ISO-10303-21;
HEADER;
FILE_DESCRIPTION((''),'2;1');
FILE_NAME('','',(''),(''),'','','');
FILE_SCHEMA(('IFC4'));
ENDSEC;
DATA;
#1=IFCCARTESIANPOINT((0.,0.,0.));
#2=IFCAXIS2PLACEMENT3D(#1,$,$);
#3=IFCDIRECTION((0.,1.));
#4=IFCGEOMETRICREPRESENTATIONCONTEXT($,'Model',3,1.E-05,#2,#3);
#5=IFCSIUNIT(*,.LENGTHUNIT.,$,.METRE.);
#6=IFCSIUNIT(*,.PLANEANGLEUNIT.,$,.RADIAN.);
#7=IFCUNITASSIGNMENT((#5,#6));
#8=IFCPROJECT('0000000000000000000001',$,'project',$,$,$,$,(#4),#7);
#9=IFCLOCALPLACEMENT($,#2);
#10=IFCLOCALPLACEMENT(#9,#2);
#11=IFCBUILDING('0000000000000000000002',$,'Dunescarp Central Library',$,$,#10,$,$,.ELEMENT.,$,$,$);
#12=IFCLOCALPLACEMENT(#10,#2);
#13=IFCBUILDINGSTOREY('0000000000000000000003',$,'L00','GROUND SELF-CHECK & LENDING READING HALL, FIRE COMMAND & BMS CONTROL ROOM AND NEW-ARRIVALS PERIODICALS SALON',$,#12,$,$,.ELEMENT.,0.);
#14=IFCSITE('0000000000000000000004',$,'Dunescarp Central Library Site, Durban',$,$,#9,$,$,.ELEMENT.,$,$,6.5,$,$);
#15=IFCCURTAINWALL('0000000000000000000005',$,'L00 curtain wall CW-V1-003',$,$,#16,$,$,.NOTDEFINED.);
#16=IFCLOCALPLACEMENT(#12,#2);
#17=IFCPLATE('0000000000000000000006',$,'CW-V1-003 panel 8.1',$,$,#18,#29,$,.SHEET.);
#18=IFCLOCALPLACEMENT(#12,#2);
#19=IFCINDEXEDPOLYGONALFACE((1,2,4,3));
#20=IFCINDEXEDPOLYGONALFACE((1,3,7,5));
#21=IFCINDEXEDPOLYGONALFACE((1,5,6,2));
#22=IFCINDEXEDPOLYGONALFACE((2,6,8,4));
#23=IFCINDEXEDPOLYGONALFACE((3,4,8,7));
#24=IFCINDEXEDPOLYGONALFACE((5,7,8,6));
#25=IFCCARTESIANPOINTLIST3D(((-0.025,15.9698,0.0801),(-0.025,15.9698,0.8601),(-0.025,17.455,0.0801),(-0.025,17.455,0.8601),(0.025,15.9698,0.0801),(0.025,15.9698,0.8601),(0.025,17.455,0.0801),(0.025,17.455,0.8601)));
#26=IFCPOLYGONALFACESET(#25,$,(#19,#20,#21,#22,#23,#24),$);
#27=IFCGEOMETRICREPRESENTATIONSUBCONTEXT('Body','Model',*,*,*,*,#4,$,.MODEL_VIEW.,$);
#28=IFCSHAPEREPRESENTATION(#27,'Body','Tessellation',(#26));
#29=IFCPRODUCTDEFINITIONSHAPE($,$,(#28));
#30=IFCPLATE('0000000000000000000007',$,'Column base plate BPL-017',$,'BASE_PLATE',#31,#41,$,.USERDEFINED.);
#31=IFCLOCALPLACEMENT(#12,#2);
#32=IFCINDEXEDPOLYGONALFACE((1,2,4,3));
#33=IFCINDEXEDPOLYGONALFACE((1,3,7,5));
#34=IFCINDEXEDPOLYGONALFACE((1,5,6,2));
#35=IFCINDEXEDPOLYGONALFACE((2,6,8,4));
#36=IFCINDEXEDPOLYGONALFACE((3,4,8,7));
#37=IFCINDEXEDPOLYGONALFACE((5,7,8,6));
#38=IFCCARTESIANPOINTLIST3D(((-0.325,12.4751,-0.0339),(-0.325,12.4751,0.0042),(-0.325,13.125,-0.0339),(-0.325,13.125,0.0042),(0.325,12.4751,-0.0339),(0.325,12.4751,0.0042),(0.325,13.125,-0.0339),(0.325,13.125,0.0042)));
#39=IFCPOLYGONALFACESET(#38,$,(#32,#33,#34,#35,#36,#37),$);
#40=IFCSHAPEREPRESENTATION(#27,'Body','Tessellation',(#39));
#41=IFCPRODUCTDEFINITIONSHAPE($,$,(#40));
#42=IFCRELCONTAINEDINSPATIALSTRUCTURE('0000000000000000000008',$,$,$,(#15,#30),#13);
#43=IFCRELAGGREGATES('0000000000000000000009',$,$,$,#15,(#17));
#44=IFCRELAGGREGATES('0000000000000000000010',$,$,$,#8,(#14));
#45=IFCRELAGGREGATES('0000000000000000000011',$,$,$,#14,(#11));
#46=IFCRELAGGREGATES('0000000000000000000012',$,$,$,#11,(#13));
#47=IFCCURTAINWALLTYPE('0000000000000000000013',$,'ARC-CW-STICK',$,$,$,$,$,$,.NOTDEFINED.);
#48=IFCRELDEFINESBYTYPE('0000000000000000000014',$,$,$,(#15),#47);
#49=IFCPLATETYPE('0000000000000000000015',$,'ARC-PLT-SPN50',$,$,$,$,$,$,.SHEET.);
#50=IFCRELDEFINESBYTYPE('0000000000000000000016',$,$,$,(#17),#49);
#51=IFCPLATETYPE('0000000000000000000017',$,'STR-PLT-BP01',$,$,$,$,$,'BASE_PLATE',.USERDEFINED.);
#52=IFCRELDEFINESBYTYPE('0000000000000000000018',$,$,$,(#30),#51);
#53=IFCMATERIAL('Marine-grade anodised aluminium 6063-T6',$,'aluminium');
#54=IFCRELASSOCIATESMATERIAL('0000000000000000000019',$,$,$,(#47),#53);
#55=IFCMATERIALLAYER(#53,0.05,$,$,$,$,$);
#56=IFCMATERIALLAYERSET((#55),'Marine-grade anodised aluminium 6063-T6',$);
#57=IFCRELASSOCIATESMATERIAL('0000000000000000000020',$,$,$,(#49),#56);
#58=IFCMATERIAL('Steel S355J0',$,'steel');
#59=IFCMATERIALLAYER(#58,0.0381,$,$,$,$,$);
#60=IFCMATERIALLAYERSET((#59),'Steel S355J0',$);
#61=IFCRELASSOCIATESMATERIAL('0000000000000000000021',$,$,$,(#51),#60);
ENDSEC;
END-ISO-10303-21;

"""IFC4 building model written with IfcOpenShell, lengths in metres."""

from ifc_helpers import new_model, si_unit, direction, frame, origin, origin_2d, place, context, subcontext, project, spatial, rectangle, extrude, material, layer, layer_set, type_object, element, aggregate, save


model = new_model("IFC4")

# Units and contexts
model_context = context("Model", 3, precision=1e-05, world=origin(), true_north=direction((0.0, 1.0)))
body_context = subcontext(model_context, "Body", "Model", "MODEL_VIEW")
ifc_project = project(units=[si_unit("LENGTHUNIT", "METRE"), si_unit("PLANEANGLEUNIT", "RADIAN")], contexts=[model_context])

# Site, building, storey
site_placement = place(None, origin())
site = spatial("IfcSite", under=ifc_project, at=site_placement, Name="Dunescarp Central Library Site, Durban", CompositionType="ELEMENT", RefElevation=6.5)
building_placement = place(site_placement, origin())
building = spatial("IfcBuilding", under=site, at=building_placement, Name="Dunescarp Central Library", CompositionType="ELEMENT")
storey_placement = place(building_placement, origin())
storey = spatial("IfcBuildingStorey", under=building, at=storey_placement, Name="L00", Description="GROUND SELF-CHECK & LENDING READING HALL, FIRE COMMAND & BMS CONTROL ROOM AND NEW-ARRIVALS PERIODICALS SALON", CompositionType="ELEMENT", Elevation=0.0)

# Curtain wall, plate
ifc_material_1 = material(Name="Marine-grade anodised aluminium 6063-T6", Category="aluminium")
curtain_wall_type = type_object("IfcCurtainWallType", Name="ARC-CW-STICK", PredefinedType="NOTDEFINED", material=ifc_material_1)
curtain_wall_placement = place(storey_placement, origin())
curtain_wall = element("IfcCurtainWall", 1, at=curtain_wall_placement, inside=storey, type_object=curtain_wall_type, Name="L00 curtain wall CW-V1-003", PredefinedType="NOTDEFINED")
ifc_layer_1 = layer(ifc_material_1, 0.05)
ifc_layer_set_1 = layer_set([ifc_layer_1], Name="Marine-grade anodised aluminium 6063-T6")
plate_type_1 = type_object("IfcPlateType", Name="ARC-PLT-SPN50", PredefinedType="SHEET", material=ifc_layer_set_1)
plate_1_placement = place(storey_placement, frame((0.0, 16.7124, 0.0801), z_axis=(0.0, 0.0, 1.0), x_axis=(0.0, 1.0, 0.0)))
plate_1 = element("IfcPlate", 2, at=plate_1_placement, type_object=plate_type_1, Name="CW-V1-003 panel 8.1", PredefinedType="SHEET", context=body_context, shape_type="SweptSolid", body=[
    extrude(rectangle(XDim=1.4851, YDim=0.05, at=origin_2d()), origin(), (0.0, 0.0, 1.0), 0.78),
])
aggregate(curtain_wall, [plate_1])

# Plate
ifc_material_2 = material(Name="Steel S355J0", Category="steel")
ifc_layer_2 = layer(ifc_material_2, 0.0381)
ifc_layer_set_2 = layer_set([ifc_layer_2], Name="Steel S355J0")
plate_type_2 = type_object("IfcPlateType", Name="STR-PLT-BP01", ElementType="BASE_PLATE", PredefinedType="USERDEFINED", material=ifc_layer_set_2)
plate_2_placement = place(storey_placement, frame((0.0, 12.8, -0.0339), z_axis=(0.0, 0.0, 1.0), x_axis=(1.0, 0.0, 0.0)))
element("IfcPlate", 3, at=plate_2_placement, inside=storey, type_object=plate_type_2, Name="Column base plate BPL-017", ObjectType="BASE_PLATE", PredefinedType="USERDEFINED", context=body_context, shape_type="SweptSolid", body=[
    extrude(rectangle(XDim=0.6499, YDim=0.6499, at=origin_2d()), origin(), (0.0, 0.0, 1.0), 0.0381),
])

save(model, "model.ifc")
